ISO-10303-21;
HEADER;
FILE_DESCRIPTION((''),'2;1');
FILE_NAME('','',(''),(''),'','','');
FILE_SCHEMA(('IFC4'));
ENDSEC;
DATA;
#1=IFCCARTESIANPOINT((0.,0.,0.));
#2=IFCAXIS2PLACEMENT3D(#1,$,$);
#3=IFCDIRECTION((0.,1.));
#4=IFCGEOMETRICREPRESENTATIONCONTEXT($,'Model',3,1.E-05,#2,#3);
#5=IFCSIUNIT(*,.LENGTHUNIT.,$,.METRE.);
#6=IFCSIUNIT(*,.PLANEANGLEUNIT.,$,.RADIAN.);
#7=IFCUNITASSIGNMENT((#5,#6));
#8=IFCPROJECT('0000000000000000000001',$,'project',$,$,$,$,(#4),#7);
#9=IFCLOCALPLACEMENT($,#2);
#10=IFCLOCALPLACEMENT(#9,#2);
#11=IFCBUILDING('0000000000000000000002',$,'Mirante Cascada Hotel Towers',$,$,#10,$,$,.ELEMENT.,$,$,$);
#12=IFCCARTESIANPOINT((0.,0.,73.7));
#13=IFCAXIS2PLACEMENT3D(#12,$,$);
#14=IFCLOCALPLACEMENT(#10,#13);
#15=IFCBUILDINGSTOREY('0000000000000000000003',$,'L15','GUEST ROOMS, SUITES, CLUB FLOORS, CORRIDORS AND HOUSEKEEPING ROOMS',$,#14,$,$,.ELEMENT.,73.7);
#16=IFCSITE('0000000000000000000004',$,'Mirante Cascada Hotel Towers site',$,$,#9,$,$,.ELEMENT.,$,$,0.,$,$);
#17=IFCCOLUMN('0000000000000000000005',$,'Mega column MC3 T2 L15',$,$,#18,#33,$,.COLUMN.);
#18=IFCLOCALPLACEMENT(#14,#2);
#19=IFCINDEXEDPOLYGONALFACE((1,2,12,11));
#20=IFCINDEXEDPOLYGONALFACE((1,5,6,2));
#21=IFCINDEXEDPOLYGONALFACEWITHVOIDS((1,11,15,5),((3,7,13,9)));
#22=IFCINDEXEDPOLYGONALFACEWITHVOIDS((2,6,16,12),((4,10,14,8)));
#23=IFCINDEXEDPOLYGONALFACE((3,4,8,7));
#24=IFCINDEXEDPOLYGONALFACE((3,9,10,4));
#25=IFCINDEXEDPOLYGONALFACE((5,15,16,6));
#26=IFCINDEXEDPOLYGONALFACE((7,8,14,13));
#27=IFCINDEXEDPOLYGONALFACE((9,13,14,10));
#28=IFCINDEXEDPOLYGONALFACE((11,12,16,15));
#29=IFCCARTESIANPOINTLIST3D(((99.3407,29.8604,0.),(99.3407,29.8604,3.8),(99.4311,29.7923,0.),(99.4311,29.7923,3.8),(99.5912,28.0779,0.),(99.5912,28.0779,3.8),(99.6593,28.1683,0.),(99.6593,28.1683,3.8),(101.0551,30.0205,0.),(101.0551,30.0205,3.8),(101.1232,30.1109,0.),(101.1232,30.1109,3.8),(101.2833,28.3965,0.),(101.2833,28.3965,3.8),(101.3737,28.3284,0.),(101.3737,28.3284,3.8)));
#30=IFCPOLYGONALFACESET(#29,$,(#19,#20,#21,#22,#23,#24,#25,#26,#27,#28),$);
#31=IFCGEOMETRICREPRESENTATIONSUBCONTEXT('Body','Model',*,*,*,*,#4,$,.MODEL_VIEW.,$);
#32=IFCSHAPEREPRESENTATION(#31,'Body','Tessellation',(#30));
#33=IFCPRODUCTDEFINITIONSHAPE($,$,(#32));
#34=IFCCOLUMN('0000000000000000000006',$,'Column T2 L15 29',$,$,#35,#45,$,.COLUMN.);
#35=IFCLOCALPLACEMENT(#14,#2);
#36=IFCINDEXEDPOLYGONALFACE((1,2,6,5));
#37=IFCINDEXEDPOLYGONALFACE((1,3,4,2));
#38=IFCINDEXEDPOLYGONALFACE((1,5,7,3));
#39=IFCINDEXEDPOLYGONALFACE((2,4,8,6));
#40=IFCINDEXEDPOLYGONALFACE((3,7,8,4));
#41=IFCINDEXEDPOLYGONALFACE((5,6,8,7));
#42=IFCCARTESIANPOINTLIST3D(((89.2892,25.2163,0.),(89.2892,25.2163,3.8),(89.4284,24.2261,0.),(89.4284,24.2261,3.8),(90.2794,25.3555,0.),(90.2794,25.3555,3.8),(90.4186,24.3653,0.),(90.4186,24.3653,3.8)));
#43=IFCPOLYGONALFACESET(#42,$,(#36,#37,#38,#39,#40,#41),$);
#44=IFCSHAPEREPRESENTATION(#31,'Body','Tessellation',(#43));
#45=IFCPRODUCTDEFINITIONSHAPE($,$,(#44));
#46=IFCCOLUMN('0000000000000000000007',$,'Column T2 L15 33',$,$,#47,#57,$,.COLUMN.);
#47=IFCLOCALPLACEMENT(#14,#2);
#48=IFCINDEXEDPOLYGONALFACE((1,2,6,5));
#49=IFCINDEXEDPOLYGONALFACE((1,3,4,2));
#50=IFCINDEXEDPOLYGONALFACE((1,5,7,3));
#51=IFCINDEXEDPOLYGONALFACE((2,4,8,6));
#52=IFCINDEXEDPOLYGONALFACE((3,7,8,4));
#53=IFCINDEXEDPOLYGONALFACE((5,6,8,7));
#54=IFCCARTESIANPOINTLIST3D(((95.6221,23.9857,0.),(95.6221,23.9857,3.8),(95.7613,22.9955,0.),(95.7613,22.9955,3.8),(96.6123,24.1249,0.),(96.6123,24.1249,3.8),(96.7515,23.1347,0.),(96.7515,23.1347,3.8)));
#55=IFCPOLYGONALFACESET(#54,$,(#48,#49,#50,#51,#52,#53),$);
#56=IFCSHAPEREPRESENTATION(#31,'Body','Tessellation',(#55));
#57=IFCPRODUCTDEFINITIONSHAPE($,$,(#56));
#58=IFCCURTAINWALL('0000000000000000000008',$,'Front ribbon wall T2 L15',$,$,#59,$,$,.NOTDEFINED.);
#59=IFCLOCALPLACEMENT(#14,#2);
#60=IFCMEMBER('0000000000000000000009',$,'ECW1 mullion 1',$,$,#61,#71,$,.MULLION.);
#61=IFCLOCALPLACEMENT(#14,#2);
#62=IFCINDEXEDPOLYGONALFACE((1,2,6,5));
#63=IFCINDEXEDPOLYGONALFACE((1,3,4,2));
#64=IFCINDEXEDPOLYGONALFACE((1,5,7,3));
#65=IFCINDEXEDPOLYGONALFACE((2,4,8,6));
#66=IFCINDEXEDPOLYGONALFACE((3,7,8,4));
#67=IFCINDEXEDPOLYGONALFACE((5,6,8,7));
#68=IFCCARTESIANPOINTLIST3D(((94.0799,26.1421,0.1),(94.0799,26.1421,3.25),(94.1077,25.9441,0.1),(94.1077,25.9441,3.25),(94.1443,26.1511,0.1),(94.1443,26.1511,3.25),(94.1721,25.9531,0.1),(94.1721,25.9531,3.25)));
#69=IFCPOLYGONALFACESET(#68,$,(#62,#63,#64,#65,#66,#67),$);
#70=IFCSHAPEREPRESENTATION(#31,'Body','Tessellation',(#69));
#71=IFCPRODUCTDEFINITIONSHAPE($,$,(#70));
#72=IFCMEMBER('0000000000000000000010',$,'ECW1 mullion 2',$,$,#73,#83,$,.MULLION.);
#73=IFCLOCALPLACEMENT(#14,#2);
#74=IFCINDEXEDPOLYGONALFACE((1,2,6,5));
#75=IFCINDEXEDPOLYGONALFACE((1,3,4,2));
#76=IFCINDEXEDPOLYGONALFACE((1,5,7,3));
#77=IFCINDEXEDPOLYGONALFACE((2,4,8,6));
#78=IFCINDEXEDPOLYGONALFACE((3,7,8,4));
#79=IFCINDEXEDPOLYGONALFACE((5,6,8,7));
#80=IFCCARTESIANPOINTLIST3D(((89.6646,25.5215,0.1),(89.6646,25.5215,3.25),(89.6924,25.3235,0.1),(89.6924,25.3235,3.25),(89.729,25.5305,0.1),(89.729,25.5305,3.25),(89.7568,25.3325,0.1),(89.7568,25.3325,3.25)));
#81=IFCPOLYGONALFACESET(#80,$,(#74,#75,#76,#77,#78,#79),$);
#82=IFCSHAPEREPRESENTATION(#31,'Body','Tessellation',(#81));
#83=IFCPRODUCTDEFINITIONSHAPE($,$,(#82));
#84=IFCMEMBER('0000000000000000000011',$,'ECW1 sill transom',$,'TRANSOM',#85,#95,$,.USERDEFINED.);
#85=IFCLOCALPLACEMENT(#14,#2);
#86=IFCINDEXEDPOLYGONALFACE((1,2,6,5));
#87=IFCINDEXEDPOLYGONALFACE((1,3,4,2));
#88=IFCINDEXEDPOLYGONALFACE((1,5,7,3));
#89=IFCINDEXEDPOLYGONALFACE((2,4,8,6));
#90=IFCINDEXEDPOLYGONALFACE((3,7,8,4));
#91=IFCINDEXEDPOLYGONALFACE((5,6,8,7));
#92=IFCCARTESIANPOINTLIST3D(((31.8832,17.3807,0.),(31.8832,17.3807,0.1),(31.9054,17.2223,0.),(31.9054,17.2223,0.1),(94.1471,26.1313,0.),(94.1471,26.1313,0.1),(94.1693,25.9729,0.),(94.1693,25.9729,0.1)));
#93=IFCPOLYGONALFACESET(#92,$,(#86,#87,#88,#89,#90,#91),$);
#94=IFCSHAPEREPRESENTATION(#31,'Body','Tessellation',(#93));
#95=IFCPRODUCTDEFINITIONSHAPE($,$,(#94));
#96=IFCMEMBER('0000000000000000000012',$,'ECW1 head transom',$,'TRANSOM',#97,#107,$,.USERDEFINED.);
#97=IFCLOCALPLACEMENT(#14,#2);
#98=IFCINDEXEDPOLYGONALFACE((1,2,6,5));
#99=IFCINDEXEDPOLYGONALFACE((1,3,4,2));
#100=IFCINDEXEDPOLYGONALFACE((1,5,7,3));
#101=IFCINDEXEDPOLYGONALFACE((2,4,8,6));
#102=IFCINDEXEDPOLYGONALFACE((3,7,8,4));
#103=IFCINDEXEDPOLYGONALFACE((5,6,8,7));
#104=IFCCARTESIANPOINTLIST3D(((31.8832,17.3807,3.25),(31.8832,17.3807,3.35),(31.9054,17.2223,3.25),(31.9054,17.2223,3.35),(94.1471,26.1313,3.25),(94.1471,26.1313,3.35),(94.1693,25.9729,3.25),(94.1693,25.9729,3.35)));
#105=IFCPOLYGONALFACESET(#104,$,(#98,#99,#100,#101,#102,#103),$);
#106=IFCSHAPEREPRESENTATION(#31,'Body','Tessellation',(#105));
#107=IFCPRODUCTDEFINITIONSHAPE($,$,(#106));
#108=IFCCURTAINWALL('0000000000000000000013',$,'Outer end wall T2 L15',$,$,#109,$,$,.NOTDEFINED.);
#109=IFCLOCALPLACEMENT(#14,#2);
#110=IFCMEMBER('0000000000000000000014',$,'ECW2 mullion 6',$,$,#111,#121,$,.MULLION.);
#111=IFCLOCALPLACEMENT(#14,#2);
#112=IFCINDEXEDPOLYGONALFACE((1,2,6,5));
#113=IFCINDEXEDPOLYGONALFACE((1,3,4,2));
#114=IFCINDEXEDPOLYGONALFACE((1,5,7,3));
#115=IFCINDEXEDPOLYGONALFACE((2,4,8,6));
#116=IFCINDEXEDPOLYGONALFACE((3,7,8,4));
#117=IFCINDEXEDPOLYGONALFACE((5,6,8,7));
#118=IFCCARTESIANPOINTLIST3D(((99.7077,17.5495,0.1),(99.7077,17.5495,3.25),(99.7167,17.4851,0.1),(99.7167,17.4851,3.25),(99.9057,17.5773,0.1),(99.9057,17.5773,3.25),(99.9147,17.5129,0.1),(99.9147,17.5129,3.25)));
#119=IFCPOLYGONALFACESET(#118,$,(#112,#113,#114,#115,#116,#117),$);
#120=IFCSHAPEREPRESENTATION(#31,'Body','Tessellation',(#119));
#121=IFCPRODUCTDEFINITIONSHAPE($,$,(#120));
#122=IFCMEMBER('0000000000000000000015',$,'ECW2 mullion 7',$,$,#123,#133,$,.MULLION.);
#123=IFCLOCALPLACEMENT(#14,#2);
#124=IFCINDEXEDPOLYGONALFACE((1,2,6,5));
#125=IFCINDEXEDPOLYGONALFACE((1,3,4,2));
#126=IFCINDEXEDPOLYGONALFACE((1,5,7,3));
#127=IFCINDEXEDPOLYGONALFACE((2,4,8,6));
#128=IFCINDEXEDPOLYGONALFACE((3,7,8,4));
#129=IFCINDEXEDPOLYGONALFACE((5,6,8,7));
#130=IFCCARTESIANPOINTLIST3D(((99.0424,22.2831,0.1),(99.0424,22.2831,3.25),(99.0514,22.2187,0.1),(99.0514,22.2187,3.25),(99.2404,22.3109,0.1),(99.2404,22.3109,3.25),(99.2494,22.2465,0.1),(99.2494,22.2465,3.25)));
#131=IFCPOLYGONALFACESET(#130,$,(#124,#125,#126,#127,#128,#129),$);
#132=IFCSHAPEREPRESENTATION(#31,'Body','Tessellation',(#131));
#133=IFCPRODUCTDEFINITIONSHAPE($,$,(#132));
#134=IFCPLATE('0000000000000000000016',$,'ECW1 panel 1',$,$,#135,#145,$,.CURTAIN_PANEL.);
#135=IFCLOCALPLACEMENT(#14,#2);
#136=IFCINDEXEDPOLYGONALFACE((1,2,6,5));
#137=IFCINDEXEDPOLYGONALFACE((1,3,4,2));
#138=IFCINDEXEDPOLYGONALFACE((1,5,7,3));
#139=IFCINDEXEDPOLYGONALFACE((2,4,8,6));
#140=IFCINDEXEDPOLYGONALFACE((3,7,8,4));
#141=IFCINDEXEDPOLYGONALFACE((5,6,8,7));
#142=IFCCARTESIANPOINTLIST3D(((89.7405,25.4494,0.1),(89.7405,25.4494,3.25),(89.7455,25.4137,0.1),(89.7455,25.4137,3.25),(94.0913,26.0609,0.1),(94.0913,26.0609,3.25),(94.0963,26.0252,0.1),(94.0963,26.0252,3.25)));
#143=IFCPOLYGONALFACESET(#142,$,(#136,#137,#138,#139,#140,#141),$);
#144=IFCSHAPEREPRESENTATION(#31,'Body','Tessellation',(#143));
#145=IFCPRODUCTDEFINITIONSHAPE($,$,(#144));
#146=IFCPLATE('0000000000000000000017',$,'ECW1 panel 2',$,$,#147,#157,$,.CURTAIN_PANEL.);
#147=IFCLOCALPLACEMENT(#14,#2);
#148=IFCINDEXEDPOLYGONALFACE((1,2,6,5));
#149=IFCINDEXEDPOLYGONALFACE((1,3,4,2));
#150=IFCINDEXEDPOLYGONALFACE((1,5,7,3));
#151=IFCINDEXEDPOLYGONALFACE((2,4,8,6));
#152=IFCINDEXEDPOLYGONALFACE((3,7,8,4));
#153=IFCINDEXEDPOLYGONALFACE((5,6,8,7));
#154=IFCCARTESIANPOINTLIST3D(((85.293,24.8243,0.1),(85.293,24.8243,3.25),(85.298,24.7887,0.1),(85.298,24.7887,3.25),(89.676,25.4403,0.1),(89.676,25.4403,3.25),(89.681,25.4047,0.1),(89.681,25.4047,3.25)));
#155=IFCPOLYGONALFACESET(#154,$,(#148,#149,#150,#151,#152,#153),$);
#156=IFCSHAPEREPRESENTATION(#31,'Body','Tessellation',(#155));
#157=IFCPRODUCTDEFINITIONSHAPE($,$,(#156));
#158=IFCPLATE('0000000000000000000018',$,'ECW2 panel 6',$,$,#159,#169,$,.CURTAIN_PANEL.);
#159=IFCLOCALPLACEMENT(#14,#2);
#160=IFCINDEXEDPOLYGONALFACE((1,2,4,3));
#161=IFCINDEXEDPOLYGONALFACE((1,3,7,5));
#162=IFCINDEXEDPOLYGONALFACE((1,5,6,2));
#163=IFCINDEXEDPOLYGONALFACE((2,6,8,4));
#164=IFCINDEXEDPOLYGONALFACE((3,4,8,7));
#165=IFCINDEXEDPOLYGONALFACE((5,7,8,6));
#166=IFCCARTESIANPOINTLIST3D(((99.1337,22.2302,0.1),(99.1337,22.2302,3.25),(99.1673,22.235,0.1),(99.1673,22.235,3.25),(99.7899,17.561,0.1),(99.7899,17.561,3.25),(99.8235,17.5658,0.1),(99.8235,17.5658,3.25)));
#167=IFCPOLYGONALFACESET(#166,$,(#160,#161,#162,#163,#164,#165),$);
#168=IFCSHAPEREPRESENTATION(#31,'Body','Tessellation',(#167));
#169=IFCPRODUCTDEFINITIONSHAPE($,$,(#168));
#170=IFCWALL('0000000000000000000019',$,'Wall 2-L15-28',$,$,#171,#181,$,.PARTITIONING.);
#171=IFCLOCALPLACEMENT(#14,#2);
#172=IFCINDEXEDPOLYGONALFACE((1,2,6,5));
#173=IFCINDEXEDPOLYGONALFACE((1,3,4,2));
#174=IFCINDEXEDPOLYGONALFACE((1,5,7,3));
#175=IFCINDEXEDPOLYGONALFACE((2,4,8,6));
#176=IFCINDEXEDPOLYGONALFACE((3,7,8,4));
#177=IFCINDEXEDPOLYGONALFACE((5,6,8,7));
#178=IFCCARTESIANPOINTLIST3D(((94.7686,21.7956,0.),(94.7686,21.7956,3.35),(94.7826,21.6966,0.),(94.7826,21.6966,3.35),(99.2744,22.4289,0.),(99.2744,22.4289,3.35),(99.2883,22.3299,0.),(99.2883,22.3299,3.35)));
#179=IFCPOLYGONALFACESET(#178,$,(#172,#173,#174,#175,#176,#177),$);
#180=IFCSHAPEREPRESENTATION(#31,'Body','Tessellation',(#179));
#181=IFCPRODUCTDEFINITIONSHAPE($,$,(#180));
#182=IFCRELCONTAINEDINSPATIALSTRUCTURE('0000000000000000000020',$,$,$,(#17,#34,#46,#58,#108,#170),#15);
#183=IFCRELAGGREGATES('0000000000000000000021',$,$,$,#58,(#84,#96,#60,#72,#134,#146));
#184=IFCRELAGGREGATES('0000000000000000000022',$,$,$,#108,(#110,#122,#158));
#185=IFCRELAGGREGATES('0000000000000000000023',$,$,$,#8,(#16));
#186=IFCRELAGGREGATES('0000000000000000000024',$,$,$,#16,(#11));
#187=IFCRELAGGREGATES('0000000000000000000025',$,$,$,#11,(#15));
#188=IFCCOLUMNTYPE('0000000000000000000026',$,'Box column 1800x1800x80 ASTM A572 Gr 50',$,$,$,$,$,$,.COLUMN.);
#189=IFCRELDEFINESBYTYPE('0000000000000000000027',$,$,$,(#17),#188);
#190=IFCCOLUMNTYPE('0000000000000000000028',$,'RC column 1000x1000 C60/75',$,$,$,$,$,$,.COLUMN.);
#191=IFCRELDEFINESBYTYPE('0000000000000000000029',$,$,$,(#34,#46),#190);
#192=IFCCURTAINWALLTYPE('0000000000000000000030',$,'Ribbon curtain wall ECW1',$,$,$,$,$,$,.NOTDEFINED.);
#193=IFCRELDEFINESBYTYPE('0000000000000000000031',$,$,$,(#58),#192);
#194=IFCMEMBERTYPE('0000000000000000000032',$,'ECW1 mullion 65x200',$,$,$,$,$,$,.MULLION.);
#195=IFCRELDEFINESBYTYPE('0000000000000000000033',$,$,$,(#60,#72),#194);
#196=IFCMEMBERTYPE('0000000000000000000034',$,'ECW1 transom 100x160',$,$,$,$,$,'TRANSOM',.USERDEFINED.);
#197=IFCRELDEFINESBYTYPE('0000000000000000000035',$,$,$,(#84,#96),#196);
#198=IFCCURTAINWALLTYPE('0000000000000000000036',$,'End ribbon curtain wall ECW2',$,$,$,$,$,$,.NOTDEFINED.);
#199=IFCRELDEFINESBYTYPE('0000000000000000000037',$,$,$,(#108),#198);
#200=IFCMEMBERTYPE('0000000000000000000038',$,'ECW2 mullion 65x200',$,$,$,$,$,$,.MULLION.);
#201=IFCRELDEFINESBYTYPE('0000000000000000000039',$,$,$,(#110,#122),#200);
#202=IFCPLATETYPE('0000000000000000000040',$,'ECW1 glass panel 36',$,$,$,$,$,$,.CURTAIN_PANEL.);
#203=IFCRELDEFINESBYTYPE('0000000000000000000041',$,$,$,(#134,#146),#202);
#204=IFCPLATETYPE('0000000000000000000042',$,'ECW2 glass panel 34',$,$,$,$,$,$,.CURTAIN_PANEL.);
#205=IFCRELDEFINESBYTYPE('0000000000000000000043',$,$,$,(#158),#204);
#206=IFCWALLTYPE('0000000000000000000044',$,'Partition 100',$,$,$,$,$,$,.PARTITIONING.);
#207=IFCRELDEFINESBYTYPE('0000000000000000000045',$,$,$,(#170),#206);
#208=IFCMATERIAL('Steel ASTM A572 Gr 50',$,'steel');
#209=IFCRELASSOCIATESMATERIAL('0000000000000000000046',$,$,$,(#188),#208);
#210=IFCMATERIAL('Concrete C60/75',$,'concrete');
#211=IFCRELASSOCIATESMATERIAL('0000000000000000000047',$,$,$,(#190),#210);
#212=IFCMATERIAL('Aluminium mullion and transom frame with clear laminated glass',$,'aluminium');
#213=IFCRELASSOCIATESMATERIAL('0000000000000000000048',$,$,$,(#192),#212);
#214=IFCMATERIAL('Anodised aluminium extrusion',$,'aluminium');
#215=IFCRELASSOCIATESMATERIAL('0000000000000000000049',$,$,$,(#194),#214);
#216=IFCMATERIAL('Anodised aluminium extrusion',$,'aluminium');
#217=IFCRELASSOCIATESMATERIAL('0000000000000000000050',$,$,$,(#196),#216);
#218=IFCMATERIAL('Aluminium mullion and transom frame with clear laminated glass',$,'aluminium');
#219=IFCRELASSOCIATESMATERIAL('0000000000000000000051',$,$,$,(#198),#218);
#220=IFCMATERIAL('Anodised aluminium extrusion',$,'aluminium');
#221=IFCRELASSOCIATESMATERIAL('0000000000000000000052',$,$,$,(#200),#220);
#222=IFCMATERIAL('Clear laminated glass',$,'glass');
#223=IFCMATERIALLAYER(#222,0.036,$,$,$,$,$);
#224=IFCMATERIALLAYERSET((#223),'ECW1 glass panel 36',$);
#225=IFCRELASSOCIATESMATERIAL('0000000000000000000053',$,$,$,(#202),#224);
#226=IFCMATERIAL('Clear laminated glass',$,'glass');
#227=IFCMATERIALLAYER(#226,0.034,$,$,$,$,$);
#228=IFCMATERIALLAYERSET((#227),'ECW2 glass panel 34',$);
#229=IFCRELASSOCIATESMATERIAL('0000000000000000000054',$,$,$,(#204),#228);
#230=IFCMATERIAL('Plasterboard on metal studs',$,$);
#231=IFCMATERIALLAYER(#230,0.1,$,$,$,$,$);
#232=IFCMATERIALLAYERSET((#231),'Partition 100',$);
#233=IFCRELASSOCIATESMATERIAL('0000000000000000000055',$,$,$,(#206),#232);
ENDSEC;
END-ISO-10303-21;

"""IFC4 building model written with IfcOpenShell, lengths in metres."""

from ifc_helpers import new_model, si_unit, direction, frame, frame_2d, origin, origin_2d, place, context, subcontext, project, spatial, rectangle, hollow_rectangle, extrude, material, layer, layer_set, material_profile, profile_set, type_object, element, aggregate, save


model = new_model("IFC4")

# Units and contexts
model_context = context("Model", 3, precision=1e-05, world=origin(), true_north=direction((0.0, 1.0)))
body_context = subcontext(model_context, "Body", "Model", "MODEL_VIEW")
ifc_project = project(units=[si_unit("LENGTHUNIT", "METRE"), si_unit("PLANEANGLEUNIT", "RADIAN")], contexts=[model_context])

# Site, building, storey
site_placement = place(None, origin())
site = spatial("IfcSite", under=ifc_project, at=site_placement, Name="Mirante Cascada Hotel Towers site", CompositionType="ELEMENT", RefElevation=0.0)
building_placement = place(site_placement, origin())
building = spatial("IfcBuilding", under=site, at=building_placement, Name="Mirante Cascada Hotel Towers", CompositionType="ELEMENT")
storey_placement = place(building_placement, frame((0.0, 0.0, 73.7)))
storey = spatial("IfcBuildingStorey", under=building, at=storey_placement, Name="L15", Description="GUEST ROOMS, SUITES, CLUB FLOORS, CORRIDORS AND HOUSEKEEPING ROOMS", CompositionType="ELEMENT", Elevation=73.7)

# Columns
ifc_material_1 = material(Name="Steel ASTM A572 Gr 50", Category="steel")
ifc_material_profile_1 = material_profile(ifc_material_1, hollow_rectangle(XDim=1.8, YDim=1.8, WallThickness=0.08, at=origin_2d()), Name="Box column 1800x1800x80 ASTM A572 Gr 50")
ifc_profile_set_1 = profile_set([ifc_material_profile_1], Name="Steel ASTM A572 Gr 50")
column_type_1 = type_object("IfcColumnType", Name="Box column 1800x1800x80 ASTM A572 Gr 50", PredefinedType="COLUMN", material=ifc_profile_set_1)
column_placement = place(storey_placement, frame((100.3572, 29.0944, 0.0), z_axis=(0.0, 0.0, 1.0), x_axis=(0.990268, 0.139173, 0.0)))
element("IfcColumn", 1, at=column_placement, inside=storey, type_object=column_type_1, Name="Mega column MC3 T2 L15", PredefinedType="COLUMN", context=body_context, shape_type="SweptSolid", body=[
    extrude(hollow_rectangle(XDim=1.8, YDim=1.8, WallThickness=0.08, at=origin_2d()), origin(), (0.0, 0.0, 1.0), 3.8),
])
ifc_material_2 = material(Name="Concrete C60/75", Category="concrete")
ifc_material_profile_2 = material_profile(ifc_material_2, rectangle(XDim=1.0, YDim=1.0, at=origin_2d()), Name="RC column 1000x1000 C60/75")
ifc_profile_set_2 = profile_set([ifc_material_profile_2], Name="Concrete C60/75")
column_type_2 = type_object("IfcColumnType", Name="RC column 1000x1000 C60/75", PredefinedType="COLUMN", material=ifc_profile_set_2)
for number, where, z_axis, x_axis, name in (
    (2, (89.8539, 24.7908, 0.0), (0.0, 0.0, 1.0), (0.990268, 0.139173, 0.0), "Column T2 L15 29"),
    (3, (96.1868, 23.5602, 0.0), (0.0, 0.0, 1.0), (0.990268, 0.139173, 0.0), "Column T2 L15 33"),
):
    element("IfcColumn", number, at=place(storey_placement, frame(where, z_axis=z_axis, x_axis=x_axis)), inside=storey, type_object=column_type_2, Name=name, PredefinedType="COLUMN", context=body_context, shape_type="SweptSolid", body=[
        extrude(rectangle(XDim=1.0, YDim=1.0, at=origin_2d()), origin(), (0.0, 0.0, 1.0), 3.8),
    ])

# Curtain walls, members
ifc_material_3 = material(Name="Aluminium mullion and transom frame with clear laminated glass", Category="aluminium")
curtain_wall_type_1 = type_object("IfcCurtainWallType", Name="Ribbon curtain wall ECW1", PredefinedType="NOTDEFINED", material=ifc_material_3)
curtain_wall_1_placement = place(storey_placement, origin())
curtain_wall_1 = element("IfcCurtainWall", 4, at=curtain_wall_1_placement, inside=storey, type_object=curtain_wall_type_1, Name="Front ribbon wall T2 L15", PredefinedType="NOTDEFINED")
ifc_material_4 = material(Name="Anodised aluminium extrusion", Category="aluminium")
ifc_material_profile_3 = material_profile(ifc_material_4, rectangle(XDim=0.2, YDim=0.065, at=origin_2d()), Name="ECW1 MULLION 65x200")
ifc_profile_set_3 = profile_set([ifc_material_profile_3], Name="Anodised aluminium extrusion")
member_type_1 = type_object("IfcMemberType", Name="ECW1 mullion 65x200", PredefinedType="MULLION", material=ifc_profile_set_3)
member_1_placement = place(storey_placement, frame((94.126, 26.0476, 0.1), z_axis=(0.0, 0.0, 1.0), x_axis=(0.139173, -0.990268, 0.0)))
member_1 = element("IfcMember", 5, at=member_1_placement, type_object=member_type_1, Name="ECW1 mullion 1", PredefinedType="MULLION", context=body_context, shape_type="SweptSolid", body=[
    extrude(rectangle(XDim=0.2, YDim=0.065, at=origin_2d()), origin(), (0.0, 0.0, 1.0), 3.15),
])
member_2_placement = place(storey_placement, frame((89.7107, 25.427, 0.1), z_axis=(0.0, 0.0, 1.0), x_axis=(0.139173, -0.990268, 0.0)))
member_2 = element("IfcMember", 6, at=member_2_placement, type_object=member_type_1, Name="ECW1 mullion 2", PredefinedType="MULLION", context=body_context, shape_type="SweptSolid", body=[
    extrude(rectangle(XDim=0.2, YDim=0.065, at=origin_2d()), origin(), (0.0, 0.0, 1.0), 3.15),
])
ifc_material_5 = material(Name="Anodised aluminium extrusion", Category="aluminium")
ifc_material_profile_4 = material_profile(ifc_material_5, rectangle(XDim=0.16, YDim=0.1, at=origin_2d()), Name="ECW1 TRANSOM 100x160")
ifc_profile_set_4 = profile_set([ifc_material_profile_4], Name="Anodised aluminium extrusion")
member_type_2 = type_object("IfcMemberType", Name="ECW1 transom 100x160", ElementType="TRANSOM", PredefinedType="USERDEFINED", material=ifc_profile_set_4)
member_3_placement = place(storey_placement, frame((94.1582, 26.0521, 0.05), z_axis=(-0.990268, -0.139173, 0.0), x_axis=(0.139173, -0.990268, 0.0)))
member_3 = element("IfcMember", 7, at=member_3_placement, type_object=member_type_2, Name="ECW1 sill transom", ObjectType="TRANSOM", PredefinedType="USERDEFINED", context=body_context, shape_type="SweptSolid", body=[
    extrude(rectangle(XDim=0.16, YDim=0.1, at=origin_2d()), origin(), (0.0, 0.0, 1.0), 62.8758),
])
member_4_placement = place(storey_placement, frame((94.1582, 26.0521, 3.3), z_axis=(-0.990268, -0.139173, 0.0), x_axis=(0.139173, -0.990268, 0.0)))
member_4 = element("IfcMember", 8, at=member_4_placement, type_object=member_type_2, Name="ECW1 head transom", ObjectType="TRANSOM", PredefinedType="USERDEFINED", context=body_context, shape_type="SweptSolid", body=[
    extrude(rectangle(XDim=0.16, YDim=0.1, at=origin_2d()), origin(), (0.0, 0.0, 1.0), 62.8758),
])
ifc_material_6 = material(Name="Aluminium mullion and transom frame with clear laminated glass", Category="aluminium")
curtain_wall_type_2 = type_object("IfcCurtainWallType", Name="End ribbon curtain wall ECW2", PredefinedType="NOTDEFINED", material=ifc_material_6)
curtain_wall_2_placement = place(storey_placement, origin())
curtain_wall_2 = element("IfcCurtainWall", 9, at=curtain_wall_2_placement, inside=storey, type_object=curtain_wall_type_2, Name="Outer end wall T2 L15", PredefinedType="NOTDEFINED")
ifc_material_7 = material(Name="Anodised aluminium extrusion", Category="aluminium")
ifc_material_profile_5 = material_profile(ifc_material_7, rectangle(XDim=0.2, YDim=0.065, at=origin_2d()), Name="ECW2 MULLION 65x200")
ifc_profile_set_5 = profile_set([ifc_material_profile_5], Name="Anodised aluminium extrusion")
member_type_3 = type_object("IfcMemberType", Name="ECW2 mullion 65x200", PredefinedType="MULLION", material=ifc_profile_set_5)
member_5_placement = place(storey_placement, frame((99.8112, 17.5312, 0.1), z_axis=(0.0, 0.0, 1.0), x_axis=(-0.990268, -0.139173, 0.0)))
member_5 = element("IfcMember", 10, at=member_5_placement, type_object=member_type_3, Name="ECW2 mullion 6", PredefinedType="MULLION", context=body_context, shape_type="SweptSolid", body=[
    extrude(rectangle(XDim=0.2, YDim=0.065, at=origin_2d()), origin(), (0.0, 0.0, 1.0), 3.15),
])
member_6_placement = place(storey_placement, frame((99.1459, 22.2648, 0.1), z_axis=(0.0, 0.0, 1.0), x_axis=(-0.990268, -0.139173, 0.0)))
member_6 = element("IfcMember", 11, at=member_6_placement, type_object=member_type_3, Name="ECW2 mullion 7", PredefinedType="MULLION", context=body_context, shape_type="SweptSolid", body=[
    extrude(rectangle(XDim=0.2, YDim=0.065, at=origin_2d()), origin(), (0.0, 0.0, 1.0), 3.15),
])

# Plates
ifc_material_8 = material(Name="Clear laminated glass", Category="glass")
ifc_layer_1 = layer(ifc_material_8, 0.036)
ifc_layer_set_1 = layer_set([ifc_layer_1], Name="ECW1 glass panel 36")
plate_type_1 = type_object("IfcPlateType", Name="ECW1 glass panel 36", PredefinedType="CURTAIN_PANEL", material=ifc_layer_set_1)
plate_1_placement = place(storey_placement, frame((91.9184, 25.7373, 0.1), z_axis=(0.0, 0.0, 1.0), x_axis=(-0.990268, -0.139173, 0.0)))
plate_1 = element("IfcPlate", 12, at=plate_1_placement, type_object=plate_type_1, Name="ECW1 panel 1", PredefinedType="CURTAIN_PANEL", context=body_context, shape_type="SweptSolid", body=[
    extrude(rectangle(XDim=4.3936, YDim=0.036, at=origin_2d()), origin(), (0.0, 0.0, 1.0), 3.15),
])
plate_2_placement = place(storey_placement, frame((87.487, 25.1145, 0.1), z_axis=(0.0, 0.0, 1.0), x_axis=(-0.990268, -0.139173, 0.0)))
plate_2 = element("IfcPlate", 13, at=plate_2_placement, type_object=plate_type_1, Name="ECW1 panel 2", PredefinedType="CURTAIN_PANEL", context=body_context, shape_type="SweptSolid", body=[
    extrude(rectangle(XDim=4.4261, YDim=0.036, at=origin_2d()), origin(), (0.0, 0.0, 1.0), 3.15),
])
aggregate(curtain_wall_1, [member_3, member_4, member_1, member_2, plate_1, plate_2])
ifc_material_9 = material(Name="Clear laminated glass", Category="glass")
ifc_layer_2 = layer(ifc_material_9, 0.034)
ifc_layer_set_2 = layer_set([ifc_layer_2], Name="ECW2 glass panel 34")
plate_type_2 = type_object("IfcPlateType", Name="ECW2 glass panel 34", PredefinedType="CURTAIN_PANEL", material=ifc_layer_set_2)
plate_3_placement = place(storey_placement, frame((99.4786, 19.898, 0.1), z_axis=(0.0, 0.0, 1.0), x_axis=(-0.139173, 0.990268, 0.0)))
plate_3 = element("IfcPlate", 14, at=plate_3_placement, type_object=plate_type_2, Name="ECW2 panel 6", PredefinedType="CURTAIN_PANEL", context=body_context, shape_type="SweptSolid", body=[
    extrude(rectangle(XDim=4.7151, YDim=0.034, at=origin_2d()), origin(), (0.0, 0.0, 1.0), 3.15),
])
aggregate(curtain_wall_2, [member_5, member_6, plate_3])

# Wall
ifc_material_10 = material(Name="Plasterboard on metal studs")
ifc_layer_3 = layer(ifc_material_10, 0.1)
ifc_layer_set_3 = layer_set([ifc_layer_3], Name="Partition 100")
wall_type_1 = type_object("IfcWallType", Name="Partition 100", PredefinedType="PARTITIONING", material=ifc_layer_set_3)
wall_1_placement = place(storey_placement, frame((94.7756, 21.7461, 0.0), z_axis=(0.0, 0.0, 1.0), x_axis=(0.990266, 0.139187, 0.0)))
element("IfcWall", 15, at=wall_1_placement, inside=storey, type_object=wall_type_1, Name="Wall 2-L15-28", PredefinedType="PARTITIONING", context=body_context, shape_type="SweptSolid", body=[
    extrude(rectangle(XDim=4.55, YDim=0.1, at=frame_2d((2.275, 0.0))), origin(), (0.0, 0.0, 1.0), 3.35),
])

save(model, "model.ifc")
